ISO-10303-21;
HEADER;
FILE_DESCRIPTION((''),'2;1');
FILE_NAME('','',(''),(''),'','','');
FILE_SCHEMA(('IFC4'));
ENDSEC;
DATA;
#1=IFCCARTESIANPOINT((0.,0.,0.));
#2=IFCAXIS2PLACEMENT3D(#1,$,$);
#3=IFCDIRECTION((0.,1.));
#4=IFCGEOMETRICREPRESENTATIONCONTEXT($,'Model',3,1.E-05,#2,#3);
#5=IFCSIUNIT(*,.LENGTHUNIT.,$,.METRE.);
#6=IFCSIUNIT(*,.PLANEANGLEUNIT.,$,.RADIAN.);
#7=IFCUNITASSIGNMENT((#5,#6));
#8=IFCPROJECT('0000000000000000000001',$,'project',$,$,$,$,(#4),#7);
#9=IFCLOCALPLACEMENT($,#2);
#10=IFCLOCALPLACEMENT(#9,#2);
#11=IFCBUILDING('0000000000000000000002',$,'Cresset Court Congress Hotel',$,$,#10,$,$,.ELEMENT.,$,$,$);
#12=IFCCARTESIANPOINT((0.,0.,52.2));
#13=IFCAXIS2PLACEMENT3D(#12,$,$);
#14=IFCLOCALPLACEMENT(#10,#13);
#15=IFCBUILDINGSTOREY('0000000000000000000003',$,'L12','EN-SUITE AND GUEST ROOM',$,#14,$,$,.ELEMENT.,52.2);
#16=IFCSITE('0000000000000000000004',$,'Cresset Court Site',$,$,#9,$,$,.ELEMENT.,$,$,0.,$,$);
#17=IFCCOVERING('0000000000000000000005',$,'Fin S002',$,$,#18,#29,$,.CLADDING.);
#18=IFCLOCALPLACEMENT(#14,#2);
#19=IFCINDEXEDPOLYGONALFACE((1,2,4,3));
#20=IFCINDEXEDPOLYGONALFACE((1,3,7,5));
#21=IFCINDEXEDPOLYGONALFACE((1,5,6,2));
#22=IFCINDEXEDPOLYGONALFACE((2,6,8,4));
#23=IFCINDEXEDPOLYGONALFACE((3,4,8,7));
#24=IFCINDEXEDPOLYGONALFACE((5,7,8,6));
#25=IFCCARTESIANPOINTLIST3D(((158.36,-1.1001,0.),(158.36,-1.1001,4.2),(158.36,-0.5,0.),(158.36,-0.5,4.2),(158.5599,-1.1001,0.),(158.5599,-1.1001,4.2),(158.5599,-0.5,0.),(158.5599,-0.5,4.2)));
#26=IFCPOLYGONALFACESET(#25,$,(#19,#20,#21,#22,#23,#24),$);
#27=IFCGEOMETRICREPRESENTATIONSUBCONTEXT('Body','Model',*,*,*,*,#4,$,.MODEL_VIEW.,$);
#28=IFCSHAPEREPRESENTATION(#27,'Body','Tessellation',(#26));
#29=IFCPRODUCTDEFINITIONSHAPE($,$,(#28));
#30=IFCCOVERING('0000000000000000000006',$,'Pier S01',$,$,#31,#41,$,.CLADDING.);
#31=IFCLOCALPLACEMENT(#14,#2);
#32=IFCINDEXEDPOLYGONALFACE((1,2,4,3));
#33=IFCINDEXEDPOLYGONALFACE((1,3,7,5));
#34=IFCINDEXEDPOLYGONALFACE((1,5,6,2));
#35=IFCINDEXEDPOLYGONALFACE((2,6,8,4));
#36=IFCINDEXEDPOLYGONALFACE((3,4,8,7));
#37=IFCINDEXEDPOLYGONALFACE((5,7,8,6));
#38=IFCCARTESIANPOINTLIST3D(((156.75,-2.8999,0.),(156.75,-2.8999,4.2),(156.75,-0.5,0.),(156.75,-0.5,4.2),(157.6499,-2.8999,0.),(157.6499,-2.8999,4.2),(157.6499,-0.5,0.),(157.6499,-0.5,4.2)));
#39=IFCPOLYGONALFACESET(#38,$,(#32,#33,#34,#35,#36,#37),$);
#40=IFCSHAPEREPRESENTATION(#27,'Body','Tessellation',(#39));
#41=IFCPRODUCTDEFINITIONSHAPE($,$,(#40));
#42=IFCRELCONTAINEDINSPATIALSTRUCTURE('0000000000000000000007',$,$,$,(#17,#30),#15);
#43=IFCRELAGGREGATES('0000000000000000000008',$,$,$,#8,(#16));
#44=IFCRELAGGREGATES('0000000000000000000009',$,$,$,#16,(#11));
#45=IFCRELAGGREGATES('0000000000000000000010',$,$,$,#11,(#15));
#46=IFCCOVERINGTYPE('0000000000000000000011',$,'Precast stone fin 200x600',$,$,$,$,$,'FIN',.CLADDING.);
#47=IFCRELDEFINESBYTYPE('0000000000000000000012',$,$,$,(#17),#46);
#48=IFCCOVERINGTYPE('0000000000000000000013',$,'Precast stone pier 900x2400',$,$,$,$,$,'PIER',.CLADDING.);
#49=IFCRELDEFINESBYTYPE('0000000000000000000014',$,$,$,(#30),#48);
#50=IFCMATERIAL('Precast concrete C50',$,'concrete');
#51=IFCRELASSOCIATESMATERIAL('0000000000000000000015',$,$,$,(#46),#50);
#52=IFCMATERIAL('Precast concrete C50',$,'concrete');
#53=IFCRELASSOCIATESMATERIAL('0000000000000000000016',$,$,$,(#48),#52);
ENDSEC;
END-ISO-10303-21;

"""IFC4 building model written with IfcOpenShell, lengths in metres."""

from ifc_helpers import new_model, si_unit, direction, frame, origin, origin_2d, place, context, subcontext, project, spatial, rectangle, extrude, material, type_object, element, save


model = new_model("IFC4")

# Units and contexts
model_context = context("Model", 3, precision=1e-05, world=origin(), true_north=direction((0.0, 1.0)))
body_context = subcontext(model_context, "Body", "Model", "MODEL_VIEW")
ifc_project = project(units=[si_unit("LENGTHUNIT", "METRE"), si_unit("PLANEANGLEUNIT", "RADIAN")], contexts=[model_context])

# Site, building, storey
site_placement = place(None, origin())
site = spatial("IfcSite", under=ifc_project, at=site_placement, Name="Cresset Court Site", CompositionType="ELEMENT", RefElevation=0.0)
building_placement = place(site_placement, origin())
building = spatial("IfcBuilding", under=site, at=building_placement, Name="Cresset Court Congress Hotel", CompositionType="ELEMENT")
storey_placement = place(building_placement, frame((0.0, 0.0, 52.2)))
storey = spatial("IfcBuildingStorey", under=building, at=storey_placement, Name="L12", Description="EN-SUITE AND GUEST ROOM", CompositionType="ELEMENT", Elevation=52.2)

# Coverings
ifc_material_1 = material(Name="Precast concrete C50", Category="concrete")
covering_type_1 = type_object("IfcCoveringType", Name="Precast stone fin 200x600", ElementType="FIN", PredefinedType="CLADDING", material=ifc_material_1)
covering_1_placement = place(storey_placement, frame((158.46, -0.8, 0.0), z_axis=(0.0, 0.0, 1.0), x_axis=(1.0, 0.0, 0.0)))
element("IfcCovering", 1, at=covering_1_placement, inside=storey, type_object=covering_type_1, Name="Fin S002", PredefinedType="CLADDING", context=body_context, shape_type="SweptSolid", body=[
    extrude(rectangle(XDim=0.2, YDim=0.6001, at=origin_2d()), origin(), (0.0, 0.0, 1.0), 4.2),
])
ifc_material_2 = material(Name="Precast concrete C50", Category="concrete")
covering_type_2 = type_object("IfcCoveringType", Name="Precast stone pier 900x2400", ElementType="PIER", PredefinedType="CLADDING", material=ifc_material_2)
covering_2_placement = place(storey_placement, frame((157.2, -1.7, 0.0), z_axis=(0.0, 0.0, 1.0), x_axis=(1.0, 0.0, 0.0)))
element("IfcCovering", 2, at=covering_2_placement, inside=storey, type_object=covering_type_2, Name="Pier S01", PredefinedType="CLADDING", context=body_context, shape_type="SweptSolid", body=[
    extrude(rectangle(XDim=0.8999, YDim=2.3999, at=origin_2d()), origin(), (0.0, 0.0, 1.0), 4.2),
])

save(model, "model.ifc")
